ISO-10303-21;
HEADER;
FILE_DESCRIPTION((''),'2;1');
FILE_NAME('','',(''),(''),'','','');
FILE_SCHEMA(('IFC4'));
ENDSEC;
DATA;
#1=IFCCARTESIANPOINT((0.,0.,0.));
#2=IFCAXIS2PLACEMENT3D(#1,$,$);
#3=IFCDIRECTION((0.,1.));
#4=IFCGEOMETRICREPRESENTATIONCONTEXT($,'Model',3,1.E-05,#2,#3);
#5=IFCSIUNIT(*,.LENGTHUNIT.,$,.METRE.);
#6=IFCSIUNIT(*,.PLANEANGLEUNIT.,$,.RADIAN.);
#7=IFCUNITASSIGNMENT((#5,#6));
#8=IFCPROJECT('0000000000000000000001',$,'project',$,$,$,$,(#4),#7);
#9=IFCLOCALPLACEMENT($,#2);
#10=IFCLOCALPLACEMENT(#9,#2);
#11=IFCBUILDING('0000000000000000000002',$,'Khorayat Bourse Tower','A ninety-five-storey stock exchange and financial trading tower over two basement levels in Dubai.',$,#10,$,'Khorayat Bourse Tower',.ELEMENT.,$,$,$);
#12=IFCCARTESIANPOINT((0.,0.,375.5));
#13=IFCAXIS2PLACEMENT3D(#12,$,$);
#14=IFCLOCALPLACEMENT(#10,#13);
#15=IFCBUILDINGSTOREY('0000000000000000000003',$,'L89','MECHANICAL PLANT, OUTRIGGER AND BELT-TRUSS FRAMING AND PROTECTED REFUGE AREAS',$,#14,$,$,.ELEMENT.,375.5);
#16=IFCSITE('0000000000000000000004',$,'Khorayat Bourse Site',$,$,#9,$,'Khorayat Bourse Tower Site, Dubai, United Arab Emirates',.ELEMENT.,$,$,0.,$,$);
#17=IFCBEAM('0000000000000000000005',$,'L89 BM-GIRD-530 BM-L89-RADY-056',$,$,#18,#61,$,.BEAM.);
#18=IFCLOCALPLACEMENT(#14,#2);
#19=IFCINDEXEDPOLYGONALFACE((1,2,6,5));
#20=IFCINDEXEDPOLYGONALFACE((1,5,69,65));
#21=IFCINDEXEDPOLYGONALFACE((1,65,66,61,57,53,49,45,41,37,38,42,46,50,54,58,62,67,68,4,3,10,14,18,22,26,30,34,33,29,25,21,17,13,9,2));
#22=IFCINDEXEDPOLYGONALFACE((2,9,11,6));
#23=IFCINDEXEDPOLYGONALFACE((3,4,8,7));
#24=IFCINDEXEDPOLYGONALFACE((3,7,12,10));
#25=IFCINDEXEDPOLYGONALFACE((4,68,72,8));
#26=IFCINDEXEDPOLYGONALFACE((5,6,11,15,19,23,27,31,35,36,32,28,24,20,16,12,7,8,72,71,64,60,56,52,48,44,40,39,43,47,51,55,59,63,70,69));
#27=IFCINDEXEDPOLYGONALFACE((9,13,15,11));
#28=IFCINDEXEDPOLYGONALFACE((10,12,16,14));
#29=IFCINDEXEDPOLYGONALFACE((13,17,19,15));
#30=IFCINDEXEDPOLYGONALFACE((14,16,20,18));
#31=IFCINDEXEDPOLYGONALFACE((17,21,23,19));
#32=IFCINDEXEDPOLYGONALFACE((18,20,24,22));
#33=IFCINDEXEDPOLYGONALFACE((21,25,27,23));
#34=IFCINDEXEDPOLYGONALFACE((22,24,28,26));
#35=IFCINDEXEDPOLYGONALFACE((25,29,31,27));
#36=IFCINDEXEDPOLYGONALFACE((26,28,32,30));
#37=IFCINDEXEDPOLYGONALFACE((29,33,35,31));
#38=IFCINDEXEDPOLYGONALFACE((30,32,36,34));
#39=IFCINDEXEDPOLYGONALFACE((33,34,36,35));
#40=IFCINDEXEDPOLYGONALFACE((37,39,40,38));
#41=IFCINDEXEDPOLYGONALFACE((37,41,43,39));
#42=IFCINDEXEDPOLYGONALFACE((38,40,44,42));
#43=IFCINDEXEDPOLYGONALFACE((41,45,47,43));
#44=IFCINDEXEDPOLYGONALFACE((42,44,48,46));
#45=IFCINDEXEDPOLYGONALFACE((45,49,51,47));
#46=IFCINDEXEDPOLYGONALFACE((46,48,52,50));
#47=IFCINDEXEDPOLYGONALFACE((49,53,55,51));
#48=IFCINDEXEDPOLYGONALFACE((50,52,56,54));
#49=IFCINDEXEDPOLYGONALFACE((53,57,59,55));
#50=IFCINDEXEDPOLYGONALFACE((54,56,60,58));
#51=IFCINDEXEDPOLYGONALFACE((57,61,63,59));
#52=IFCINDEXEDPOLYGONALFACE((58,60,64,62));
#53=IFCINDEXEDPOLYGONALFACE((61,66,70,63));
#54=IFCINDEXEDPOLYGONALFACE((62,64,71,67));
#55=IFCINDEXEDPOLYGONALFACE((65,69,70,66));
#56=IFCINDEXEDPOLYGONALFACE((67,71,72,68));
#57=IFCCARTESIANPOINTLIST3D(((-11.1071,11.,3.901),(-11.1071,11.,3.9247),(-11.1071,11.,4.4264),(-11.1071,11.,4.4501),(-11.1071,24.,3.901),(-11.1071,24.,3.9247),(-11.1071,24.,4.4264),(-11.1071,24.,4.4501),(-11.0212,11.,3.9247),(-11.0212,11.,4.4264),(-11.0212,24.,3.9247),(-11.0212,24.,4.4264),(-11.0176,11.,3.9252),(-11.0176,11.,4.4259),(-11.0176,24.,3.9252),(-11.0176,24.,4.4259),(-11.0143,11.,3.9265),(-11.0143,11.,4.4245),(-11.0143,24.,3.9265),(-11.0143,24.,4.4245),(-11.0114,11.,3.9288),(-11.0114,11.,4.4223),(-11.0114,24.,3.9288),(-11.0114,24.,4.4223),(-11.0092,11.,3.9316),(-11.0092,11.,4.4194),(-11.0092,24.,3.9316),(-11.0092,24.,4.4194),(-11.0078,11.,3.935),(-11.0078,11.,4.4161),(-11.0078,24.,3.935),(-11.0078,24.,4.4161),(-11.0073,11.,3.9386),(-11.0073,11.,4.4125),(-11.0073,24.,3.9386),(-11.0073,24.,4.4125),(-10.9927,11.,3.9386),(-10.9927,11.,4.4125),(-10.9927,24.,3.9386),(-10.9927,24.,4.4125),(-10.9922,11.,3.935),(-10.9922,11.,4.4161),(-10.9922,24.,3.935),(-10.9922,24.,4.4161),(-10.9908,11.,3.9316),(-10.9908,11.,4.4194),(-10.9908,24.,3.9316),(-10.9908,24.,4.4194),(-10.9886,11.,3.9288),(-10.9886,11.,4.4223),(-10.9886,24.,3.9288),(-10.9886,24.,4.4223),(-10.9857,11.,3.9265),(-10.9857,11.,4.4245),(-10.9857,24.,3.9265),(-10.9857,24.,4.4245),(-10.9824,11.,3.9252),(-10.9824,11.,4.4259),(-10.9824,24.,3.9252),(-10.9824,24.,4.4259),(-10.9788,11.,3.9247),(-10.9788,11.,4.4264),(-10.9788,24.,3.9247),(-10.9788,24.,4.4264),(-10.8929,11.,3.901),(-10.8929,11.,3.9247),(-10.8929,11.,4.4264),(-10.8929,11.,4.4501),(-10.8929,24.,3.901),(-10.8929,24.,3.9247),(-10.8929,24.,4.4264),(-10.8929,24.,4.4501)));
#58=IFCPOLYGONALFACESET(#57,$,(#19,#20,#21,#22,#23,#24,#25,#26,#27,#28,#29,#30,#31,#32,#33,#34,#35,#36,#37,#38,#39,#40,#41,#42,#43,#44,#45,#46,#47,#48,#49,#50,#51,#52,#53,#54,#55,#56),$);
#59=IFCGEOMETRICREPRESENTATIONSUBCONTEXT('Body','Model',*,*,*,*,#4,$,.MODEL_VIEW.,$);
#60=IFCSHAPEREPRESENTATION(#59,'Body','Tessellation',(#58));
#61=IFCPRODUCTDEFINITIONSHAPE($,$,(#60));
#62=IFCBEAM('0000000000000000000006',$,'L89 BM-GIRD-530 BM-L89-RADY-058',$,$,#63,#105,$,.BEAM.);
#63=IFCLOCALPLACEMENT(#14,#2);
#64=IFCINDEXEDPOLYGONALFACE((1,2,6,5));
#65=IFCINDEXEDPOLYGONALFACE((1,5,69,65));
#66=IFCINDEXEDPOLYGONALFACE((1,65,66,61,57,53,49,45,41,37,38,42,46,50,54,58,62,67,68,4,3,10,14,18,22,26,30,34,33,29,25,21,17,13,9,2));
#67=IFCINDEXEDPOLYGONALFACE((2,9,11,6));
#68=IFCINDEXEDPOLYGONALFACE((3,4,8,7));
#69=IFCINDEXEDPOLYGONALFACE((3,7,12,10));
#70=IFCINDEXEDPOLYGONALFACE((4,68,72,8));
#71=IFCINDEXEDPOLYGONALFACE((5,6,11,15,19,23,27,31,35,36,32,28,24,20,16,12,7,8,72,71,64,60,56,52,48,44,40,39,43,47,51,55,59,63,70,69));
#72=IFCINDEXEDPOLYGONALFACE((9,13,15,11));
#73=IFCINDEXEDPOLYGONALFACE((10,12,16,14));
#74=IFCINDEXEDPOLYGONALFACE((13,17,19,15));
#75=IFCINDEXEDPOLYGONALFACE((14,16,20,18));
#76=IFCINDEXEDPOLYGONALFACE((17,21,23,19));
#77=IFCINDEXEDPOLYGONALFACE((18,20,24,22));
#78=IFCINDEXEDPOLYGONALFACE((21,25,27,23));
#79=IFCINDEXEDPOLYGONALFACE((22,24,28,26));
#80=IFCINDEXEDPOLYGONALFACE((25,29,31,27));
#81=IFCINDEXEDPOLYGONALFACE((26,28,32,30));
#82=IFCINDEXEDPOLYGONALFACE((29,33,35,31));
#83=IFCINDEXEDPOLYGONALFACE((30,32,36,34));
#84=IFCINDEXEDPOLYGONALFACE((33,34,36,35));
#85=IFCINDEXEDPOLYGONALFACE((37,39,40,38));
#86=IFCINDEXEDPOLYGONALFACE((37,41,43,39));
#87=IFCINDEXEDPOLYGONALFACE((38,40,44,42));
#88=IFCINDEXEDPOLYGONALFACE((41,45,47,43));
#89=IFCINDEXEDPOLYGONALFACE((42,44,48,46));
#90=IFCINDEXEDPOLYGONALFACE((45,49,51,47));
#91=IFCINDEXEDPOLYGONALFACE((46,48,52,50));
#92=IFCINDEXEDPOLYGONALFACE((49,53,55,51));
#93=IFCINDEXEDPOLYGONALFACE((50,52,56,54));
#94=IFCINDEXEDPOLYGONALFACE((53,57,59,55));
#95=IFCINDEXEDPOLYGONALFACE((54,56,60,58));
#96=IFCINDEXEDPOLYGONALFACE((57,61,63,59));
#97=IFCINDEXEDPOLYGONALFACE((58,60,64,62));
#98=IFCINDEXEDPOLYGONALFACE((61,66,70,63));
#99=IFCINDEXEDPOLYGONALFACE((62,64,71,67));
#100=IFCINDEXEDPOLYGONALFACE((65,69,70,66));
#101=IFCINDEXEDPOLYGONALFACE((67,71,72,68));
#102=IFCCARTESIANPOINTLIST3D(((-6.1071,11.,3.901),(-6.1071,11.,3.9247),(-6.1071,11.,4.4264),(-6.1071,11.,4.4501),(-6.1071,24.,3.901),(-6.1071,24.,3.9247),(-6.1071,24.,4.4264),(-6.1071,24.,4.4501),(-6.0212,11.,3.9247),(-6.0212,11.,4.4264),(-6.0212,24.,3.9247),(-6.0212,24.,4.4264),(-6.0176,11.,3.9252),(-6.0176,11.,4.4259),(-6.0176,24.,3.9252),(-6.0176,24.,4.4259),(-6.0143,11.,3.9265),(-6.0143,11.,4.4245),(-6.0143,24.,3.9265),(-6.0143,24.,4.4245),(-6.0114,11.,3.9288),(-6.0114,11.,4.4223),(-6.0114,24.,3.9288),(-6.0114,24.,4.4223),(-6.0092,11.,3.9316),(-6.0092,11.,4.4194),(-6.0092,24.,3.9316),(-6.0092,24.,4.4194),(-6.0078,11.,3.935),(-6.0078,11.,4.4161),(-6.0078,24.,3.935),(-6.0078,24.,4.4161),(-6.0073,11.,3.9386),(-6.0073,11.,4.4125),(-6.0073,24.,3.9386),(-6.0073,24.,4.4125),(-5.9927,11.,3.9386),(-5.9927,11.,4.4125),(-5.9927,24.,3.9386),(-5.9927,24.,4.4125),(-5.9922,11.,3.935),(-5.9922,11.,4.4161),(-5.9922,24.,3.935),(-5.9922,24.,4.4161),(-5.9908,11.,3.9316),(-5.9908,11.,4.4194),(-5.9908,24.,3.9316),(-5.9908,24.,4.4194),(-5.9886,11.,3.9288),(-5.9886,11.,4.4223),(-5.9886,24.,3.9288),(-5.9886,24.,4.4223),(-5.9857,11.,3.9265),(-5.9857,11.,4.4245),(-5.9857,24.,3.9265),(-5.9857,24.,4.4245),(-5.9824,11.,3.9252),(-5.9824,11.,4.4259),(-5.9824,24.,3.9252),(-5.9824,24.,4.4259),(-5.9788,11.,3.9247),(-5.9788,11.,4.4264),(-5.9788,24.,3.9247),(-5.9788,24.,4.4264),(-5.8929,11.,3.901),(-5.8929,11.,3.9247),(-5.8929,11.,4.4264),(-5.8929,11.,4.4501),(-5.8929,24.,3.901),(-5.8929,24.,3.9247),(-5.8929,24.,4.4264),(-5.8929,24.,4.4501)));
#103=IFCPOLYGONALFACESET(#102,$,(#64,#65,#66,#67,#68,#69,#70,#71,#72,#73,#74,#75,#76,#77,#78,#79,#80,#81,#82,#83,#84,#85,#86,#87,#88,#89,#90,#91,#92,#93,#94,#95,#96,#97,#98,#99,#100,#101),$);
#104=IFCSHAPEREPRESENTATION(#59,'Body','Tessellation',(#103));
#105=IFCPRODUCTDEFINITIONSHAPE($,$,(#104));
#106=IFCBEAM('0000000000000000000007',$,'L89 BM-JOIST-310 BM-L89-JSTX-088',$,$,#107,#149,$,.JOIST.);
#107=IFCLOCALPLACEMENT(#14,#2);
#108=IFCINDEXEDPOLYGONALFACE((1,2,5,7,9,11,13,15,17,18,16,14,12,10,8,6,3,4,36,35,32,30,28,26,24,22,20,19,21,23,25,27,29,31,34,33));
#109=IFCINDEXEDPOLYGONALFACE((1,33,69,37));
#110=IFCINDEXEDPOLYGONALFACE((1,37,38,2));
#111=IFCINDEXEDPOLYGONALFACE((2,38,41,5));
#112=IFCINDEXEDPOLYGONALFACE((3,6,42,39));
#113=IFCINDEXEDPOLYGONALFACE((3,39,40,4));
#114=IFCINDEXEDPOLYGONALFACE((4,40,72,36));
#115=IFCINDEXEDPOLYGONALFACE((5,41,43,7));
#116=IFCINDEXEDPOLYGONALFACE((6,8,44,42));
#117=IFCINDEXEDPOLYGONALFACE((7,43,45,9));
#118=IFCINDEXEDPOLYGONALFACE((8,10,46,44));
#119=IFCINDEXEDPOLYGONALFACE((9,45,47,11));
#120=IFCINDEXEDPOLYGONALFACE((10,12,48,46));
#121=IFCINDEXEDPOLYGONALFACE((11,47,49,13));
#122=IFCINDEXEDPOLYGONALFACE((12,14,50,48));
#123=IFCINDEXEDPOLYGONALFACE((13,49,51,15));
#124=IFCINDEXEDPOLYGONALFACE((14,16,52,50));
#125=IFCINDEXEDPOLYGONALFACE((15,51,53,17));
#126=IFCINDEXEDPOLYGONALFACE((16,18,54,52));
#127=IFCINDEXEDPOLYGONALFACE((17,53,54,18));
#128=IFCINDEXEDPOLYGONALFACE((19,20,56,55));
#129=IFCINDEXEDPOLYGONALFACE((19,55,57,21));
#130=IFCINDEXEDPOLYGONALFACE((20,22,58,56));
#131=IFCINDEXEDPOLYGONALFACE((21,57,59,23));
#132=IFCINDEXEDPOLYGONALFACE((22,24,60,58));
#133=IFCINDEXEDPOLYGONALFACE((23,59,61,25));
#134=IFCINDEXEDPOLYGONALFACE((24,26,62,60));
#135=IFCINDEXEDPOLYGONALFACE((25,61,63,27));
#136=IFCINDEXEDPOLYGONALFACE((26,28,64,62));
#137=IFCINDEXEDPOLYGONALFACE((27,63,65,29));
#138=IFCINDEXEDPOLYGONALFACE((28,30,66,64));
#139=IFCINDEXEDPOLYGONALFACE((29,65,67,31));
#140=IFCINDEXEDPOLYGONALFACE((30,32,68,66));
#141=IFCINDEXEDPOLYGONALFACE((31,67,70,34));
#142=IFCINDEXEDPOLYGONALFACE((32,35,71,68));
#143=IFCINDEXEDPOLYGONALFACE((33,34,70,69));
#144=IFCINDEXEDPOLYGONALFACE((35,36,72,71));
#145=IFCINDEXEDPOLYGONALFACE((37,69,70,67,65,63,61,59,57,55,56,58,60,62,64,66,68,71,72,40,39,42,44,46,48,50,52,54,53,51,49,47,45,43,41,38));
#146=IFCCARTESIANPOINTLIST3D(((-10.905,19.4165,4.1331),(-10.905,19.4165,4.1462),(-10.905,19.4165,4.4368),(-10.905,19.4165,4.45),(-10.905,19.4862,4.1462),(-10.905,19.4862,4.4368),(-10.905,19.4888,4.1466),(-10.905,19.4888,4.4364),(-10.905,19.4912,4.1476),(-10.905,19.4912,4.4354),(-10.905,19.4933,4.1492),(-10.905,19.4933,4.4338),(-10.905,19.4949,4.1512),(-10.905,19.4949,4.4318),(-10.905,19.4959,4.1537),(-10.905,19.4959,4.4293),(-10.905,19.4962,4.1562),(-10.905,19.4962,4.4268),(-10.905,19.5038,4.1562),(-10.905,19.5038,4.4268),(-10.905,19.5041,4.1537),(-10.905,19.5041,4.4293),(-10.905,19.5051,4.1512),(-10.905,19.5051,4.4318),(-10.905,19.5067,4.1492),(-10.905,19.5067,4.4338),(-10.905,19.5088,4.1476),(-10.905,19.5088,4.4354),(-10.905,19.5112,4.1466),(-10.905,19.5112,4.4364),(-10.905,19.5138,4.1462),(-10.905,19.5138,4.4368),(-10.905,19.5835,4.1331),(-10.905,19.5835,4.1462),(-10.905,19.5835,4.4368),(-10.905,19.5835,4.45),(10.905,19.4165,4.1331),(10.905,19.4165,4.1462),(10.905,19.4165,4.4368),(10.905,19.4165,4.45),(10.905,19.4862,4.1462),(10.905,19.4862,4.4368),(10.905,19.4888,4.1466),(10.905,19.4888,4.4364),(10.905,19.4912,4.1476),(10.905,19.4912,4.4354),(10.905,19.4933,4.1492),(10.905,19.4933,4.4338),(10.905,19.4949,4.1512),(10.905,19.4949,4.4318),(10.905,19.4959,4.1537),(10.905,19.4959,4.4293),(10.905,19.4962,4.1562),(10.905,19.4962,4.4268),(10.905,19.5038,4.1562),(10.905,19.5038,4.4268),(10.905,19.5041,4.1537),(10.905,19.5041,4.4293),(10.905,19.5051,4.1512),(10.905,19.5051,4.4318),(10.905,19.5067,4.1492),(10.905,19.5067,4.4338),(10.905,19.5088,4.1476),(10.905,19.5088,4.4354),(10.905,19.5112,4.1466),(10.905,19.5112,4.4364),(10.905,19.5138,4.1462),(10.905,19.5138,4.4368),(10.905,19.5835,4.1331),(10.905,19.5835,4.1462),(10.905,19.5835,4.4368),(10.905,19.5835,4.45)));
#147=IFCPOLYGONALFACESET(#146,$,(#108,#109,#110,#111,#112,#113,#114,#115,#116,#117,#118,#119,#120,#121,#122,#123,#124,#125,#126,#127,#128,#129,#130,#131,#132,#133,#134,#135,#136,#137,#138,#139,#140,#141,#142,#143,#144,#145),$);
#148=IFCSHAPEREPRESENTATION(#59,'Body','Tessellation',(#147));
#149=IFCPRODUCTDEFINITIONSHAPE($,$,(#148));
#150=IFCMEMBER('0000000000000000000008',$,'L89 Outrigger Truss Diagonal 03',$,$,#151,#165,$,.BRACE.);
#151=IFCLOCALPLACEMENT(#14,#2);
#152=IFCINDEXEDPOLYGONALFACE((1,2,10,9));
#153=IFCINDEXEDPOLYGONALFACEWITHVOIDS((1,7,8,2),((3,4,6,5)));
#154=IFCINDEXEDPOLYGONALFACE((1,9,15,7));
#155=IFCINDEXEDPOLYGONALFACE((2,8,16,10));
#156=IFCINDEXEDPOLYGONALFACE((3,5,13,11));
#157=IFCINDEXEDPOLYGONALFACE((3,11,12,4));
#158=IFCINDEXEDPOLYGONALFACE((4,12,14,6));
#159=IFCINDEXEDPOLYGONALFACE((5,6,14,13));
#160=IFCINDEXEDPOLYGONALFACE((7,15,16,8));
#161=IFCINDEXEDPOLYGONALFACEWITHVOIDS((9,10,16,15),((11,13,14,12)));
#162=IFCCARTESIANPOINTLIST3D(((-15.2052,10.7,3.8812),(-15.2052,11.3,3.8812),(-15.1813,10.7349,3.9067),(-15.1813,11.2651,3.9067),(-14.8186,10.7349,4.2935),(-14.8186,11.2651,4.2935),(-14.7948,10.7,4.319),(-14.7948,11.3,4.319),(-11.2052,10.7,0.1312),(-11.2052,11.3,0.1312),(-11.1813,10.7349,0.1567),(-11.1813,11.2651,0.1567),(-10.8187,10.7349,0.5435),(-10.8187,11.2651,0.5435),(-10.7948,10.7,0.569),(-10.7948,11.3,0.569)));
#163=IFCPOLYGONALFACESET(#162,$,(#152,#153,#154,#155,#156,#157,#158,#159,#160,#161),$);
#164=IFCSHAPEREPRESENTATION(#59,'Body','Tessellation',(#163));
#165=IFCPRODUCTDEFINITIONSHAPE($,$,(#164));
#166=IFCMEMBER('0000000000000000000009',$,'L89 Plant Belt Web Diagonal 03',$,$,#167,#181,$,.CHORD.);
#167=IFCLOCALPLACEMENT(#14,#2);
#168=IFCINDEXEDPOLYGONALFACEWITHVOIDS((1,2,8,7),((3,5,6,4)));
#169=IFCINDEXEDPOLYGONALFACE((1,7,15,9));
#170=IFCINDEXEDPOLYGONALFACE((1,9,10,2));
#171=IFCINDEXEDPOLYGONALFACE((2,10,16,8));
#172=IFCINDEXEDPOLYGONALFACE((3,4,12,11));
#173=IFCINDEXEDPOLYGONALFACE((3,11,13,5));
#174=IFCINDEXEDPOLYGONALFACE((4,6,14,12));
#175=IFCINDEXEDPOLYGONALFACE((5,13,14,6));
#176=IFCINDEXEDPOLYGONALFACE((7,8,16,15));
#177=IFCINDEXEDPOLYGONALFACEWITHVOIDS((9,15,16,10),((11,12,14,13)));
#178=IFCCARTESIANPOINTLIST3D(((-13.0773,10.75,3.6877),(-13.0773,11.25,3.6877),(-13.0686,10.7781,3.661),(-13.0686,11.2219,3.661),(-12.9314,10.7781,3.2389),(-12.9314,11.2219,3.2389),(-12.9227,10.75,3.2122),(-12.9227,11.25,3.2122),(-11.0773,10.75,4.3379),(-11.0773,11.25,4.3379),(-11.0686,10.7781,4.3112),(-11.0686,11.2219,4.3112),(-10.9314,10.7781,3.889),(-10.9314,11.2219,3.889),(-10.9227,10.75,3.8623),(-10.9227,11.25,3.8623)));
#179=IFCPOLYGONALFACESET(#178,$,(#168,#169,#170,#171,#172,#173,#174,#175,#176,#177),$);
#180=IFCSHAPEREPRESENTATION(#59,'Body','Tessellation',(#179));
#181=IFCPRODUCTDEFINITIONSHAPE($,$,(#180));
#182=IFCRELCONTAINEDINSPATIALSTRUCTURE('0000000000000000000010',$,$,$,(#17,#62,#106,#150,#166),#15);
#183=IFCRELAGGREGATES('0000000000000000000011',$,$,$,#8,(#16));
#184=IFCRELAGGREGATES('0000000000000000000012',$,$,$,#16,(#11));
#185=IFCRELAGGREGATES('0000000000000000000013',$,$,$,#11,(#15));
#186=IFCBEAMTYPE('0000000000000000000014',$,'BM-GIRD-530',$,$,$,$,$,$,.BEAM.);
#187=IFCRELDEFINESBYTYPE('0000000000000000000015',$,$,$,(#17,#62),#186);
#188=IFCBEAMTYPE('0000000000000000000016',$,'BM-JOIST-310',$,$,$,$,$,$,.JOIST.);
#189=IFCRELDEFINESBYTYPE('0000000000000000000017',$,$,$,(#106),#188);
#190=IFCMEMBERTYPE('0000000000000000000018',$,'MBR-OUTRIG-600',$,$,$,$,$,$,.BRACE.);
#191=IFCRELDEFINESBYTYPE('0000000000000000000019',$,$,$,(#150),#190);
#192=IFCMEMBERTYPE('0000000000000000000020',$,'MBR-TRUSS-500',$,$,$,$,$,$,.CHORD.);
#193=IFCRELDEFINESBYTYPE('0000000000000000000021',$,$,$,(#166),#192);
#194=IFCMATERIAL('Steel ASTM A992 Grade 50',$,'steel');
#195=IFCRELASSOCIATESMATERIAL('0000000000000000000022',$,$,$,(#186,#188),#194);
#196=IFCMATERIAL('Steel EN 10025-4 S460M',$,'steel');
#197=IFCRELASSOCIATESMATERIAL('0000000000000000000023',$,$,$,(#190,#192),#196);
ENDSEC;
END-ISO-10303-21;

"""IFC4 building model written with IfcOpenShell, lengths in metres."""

from ifc_helpers import new_model, si_unit, direction, frame, origin, origin_2d, place, context, subcontext, project, spatial, hollow_rectangle, i_section, extrude, source, transform, mapped, material, material_profile, profile_set, type_object, element, save


model = new_model("IFC4")

# Units and contexts
model_context = context("Model", 3, precision=1e-05, world=origin(), true_north=direction((0.0, 1.0)))
body_context = subcontext(model_context, "Body", "Model", "MODEL_VIEW")
ifc_project = project(units=[si_unit("LENGTHUNIT", "METRE"), si_unit("PLANEANGLEUNIT", "RADIAN")], contexts=[model_context])

# Site, building, storey
site_placement = place(None, origin())
site = spatial("IfcSite", under=ifc_project, at=site_placement, Name="Khorayat Bourse Site", LongName="Khorayat Bourse Tower Site, Dubai, United Arab Emirates", CompositionType="ELEMENT", RefElevation=0.0)
building_placement = place(site_placement, origin())
building = spatial("IfcBuilding", under=site, at=building_placement, Name="Khorayat Bourse Tower", Description="A ninety-five-storey stock exchange and financial trading tower over two basement levels in Dubai.", LongName="Khorayat Bourse Tower", CompositionType="ELEMENT")
storey_placement = place(building_placement, frame((0.0, 0.0, 375.5)))
storey = spatial("IfcBuildingStorey", under=building, at=storey_placement, Name="L89", Description="MECHANICAL PLANT, OUTRIGGER AND BELT-TRUSS FRAMING AND PROTECTED REFUGE AREAS", CompositionType="ELEMENT", Elevation=375.5)

# Beams
ifc_material_1 = material(Name="Steel ASTM A992 Grade 50", Category="steel")
ifc_material_profile_1 = material_profile(ifc_material_1, i_section(OverallWidth=0.2141, OverallDepth=0.5491, WebThickness=0.0146, FlangeThickness=0.0237, FilletRadius=0.0139, at=origin_2d()), Name="W530X138")
ifc_profile_set_1 = profile_set([ifc_material_profile_1], Name="Steel ASTM A992 Grade 50")
beam_type_1 = type_object("IfcBeamType", Name="BM-GIRD-530", PredefinedType="BEAM", material=ifc_profile_set_1)
shared_shape_1 = source(origin(), body_context, "Body", "SweptSolid", [
    extrude(i_section(OverallWidth=0.2141, OverallDepth=0.5491, WebThickness=0.0146, FlangeThickness=0.0237, FilletRadius=0.0139, at=origin_2d()), origin(), (0.0, 0.0, 1.0), 13.0),
])
for number, where, z_axis, x_axis, name in (
    (1, (-11.0, 11.0, 4.1755), (0.0, 1.0, 0.0), (-1.0, 0.0, 0.0), "L89 BM-GIRD-530 BM-L89-RADY-056"),
    (2, (-6.0, 11.0, 4.1755), (0.0, 1.0, 0.0), (-1.0, 0.0, 0.0), "L89 BM-GIRD-530 BM-L89-RADY-058"),
):
    element("IfcBeam", number, at=place(storey_placement, frame(where, z_axis=z_axis, x_axis=x_axis)), inside=storey, type_object=beam_type_1, Name=name, PredefinedType="BEAM", context=body_context, shape_type="MappedRepresentation", body=[
        mapped(shared_shape_1, transform((0.0, 0.0, 0.0), scale=1.0)),
    ])
ifc_material_profile_2 = material_profile(ifc_material_1, i_section(OverallWidth=0.167, OverallDepth=0.3169, WebThickness=0.0076, FlangeThickness=0.0132, FilletRadius=0.01, at=origin_2d()), Name="W310X52")
ifc_profile_set_2 = profile_set([ifc_material_profile_2], Name="Steel ASTM A992 Grade 50")
beam_type_2 = type_object("IfcBeamType", Name="BM-JOIST-310", PredefinedType="JOIST", material=ifc_profile_set_2)
shared_shape_2 = source(origin(), body_context, "Body", "SweptSolid", [
    extrude(i_section(OverallWidth=0.167, OverallDepth=0.3169, WebThickness=0.0076, FlangeThickness=0.0132, FilletRadius=0.01, at=origin_2d()), origin(), (0.0, 0.0, 1.0), 21.8101),
])
beam_1_placement = place(storey_placement, frame((-10.905, 19.5, 4.2915), z_axis=(1.0, 0.0, 0.0), x_axis=(0.0, 1.0, 0.0)))
element("IfcBeam", 3, at=beam_1_placement, inside=storey, type_object=beam_type_2, Name="L89 BM-JOIST-310 BM-L89-JSTX-088", PredefinedType="JOIST", context=body_context, shape_type="MappedRepresentation", body=[
    mapped(shared_shape_2, transform((0.0, 0.0, 0.0), scale=1.0)),
])

# Members
ifc_material_2 = material(Name="Steel EN 10025-4 S460M", Category="steel")
ifc_material_profile_3 = material_profile(ifc_material_2, hollow_rectangle(XDim=0.6001, YDim=0.6001, WallThickness=0.0349, at=origin_2d()), Name="BOX 600x600x35")
ifc_profile_set_3 = profile_set([ifc_material_profile_3], Name="Steel EN 10025-4 S460M")
member_type_1 = type_object("IfcMemberType", Name="MBR-OUTRIG-600", PredefinedType="BRACE", material=ifc_profile_set_3)
shared_shape_3 = source(origin(), body_context, "Body", "SweptSolid", [
    extrude(hollow_rectangle(XDim=0.6001, YDim=0.6001, WallThickness=0.0349, at=origin_2d()), origin(), (0.0, 0.0, 1.0), 5.4829),
])
member_1_placement = place(storey_placement, frame((-11.0, 11.0, 0.3501), z_axis=(-0.729537, 0.0, 0.683941), x_axis=(0.0, -1.0, 0.0)))
element("IfcMember", 4, at=member_1_placement, inside=storey, type_object=member_type_1, Name="L89 Outrigger Truss Diagonal 03", PredefinedType="BRACE", context=body_context, shape_type="MappedRepresentation", body=[
    mapped(shared_shape_3, transform((0.0, 0.0, 0.0), scale=1.0)),
])
ifc_material_profile_4 = material_profile(ifc_material_2, hollow_rectangle(XDim=0.5, YDim=0.5, WallThickness=0.0281, at=origin_2d()), Name="HSS 500x500x28")
ifc_profile_set_4 = profile_set([ifc_material_profile_4], Name="Steel EN 10025-4 S460M")
member_type_2 = type_object("IfcMemberType", Name="MBR-TRUSS-500", PredefinedType="CHORD", material=ifc_profile_set_4)
shared_shape_4 = source(origin(), body_context, "Body", "SweptSolid", [
    extrude(hollow_rectangle(XDim=0.5, YDim=0.5, WallThickness=0.0281, at=origin_2d()), origin(), (0.0, 0.0, 1.0), 2.103),
])
member_2_placement = place(storey_placement, frame((-11.0, 11.0, 4.1001), z_axis=(-0.951014, 0.0, -0.309149), x_axis=(0.0, -1.0, 0.0)))
element("IfcMember", 5, at=member_2_placement, inside=storey, type_object=member_type_2, Name="L89 Plant Belt Web Diagonal 03", PredefinedType="CHORD", context=body_context, shape_type="MappedRepresentation", body=[
    mapped(shared_shape_4, transform((0.0, 0.0, 0.0), scale=1.0)),
])

save(model, "model.ifc")
